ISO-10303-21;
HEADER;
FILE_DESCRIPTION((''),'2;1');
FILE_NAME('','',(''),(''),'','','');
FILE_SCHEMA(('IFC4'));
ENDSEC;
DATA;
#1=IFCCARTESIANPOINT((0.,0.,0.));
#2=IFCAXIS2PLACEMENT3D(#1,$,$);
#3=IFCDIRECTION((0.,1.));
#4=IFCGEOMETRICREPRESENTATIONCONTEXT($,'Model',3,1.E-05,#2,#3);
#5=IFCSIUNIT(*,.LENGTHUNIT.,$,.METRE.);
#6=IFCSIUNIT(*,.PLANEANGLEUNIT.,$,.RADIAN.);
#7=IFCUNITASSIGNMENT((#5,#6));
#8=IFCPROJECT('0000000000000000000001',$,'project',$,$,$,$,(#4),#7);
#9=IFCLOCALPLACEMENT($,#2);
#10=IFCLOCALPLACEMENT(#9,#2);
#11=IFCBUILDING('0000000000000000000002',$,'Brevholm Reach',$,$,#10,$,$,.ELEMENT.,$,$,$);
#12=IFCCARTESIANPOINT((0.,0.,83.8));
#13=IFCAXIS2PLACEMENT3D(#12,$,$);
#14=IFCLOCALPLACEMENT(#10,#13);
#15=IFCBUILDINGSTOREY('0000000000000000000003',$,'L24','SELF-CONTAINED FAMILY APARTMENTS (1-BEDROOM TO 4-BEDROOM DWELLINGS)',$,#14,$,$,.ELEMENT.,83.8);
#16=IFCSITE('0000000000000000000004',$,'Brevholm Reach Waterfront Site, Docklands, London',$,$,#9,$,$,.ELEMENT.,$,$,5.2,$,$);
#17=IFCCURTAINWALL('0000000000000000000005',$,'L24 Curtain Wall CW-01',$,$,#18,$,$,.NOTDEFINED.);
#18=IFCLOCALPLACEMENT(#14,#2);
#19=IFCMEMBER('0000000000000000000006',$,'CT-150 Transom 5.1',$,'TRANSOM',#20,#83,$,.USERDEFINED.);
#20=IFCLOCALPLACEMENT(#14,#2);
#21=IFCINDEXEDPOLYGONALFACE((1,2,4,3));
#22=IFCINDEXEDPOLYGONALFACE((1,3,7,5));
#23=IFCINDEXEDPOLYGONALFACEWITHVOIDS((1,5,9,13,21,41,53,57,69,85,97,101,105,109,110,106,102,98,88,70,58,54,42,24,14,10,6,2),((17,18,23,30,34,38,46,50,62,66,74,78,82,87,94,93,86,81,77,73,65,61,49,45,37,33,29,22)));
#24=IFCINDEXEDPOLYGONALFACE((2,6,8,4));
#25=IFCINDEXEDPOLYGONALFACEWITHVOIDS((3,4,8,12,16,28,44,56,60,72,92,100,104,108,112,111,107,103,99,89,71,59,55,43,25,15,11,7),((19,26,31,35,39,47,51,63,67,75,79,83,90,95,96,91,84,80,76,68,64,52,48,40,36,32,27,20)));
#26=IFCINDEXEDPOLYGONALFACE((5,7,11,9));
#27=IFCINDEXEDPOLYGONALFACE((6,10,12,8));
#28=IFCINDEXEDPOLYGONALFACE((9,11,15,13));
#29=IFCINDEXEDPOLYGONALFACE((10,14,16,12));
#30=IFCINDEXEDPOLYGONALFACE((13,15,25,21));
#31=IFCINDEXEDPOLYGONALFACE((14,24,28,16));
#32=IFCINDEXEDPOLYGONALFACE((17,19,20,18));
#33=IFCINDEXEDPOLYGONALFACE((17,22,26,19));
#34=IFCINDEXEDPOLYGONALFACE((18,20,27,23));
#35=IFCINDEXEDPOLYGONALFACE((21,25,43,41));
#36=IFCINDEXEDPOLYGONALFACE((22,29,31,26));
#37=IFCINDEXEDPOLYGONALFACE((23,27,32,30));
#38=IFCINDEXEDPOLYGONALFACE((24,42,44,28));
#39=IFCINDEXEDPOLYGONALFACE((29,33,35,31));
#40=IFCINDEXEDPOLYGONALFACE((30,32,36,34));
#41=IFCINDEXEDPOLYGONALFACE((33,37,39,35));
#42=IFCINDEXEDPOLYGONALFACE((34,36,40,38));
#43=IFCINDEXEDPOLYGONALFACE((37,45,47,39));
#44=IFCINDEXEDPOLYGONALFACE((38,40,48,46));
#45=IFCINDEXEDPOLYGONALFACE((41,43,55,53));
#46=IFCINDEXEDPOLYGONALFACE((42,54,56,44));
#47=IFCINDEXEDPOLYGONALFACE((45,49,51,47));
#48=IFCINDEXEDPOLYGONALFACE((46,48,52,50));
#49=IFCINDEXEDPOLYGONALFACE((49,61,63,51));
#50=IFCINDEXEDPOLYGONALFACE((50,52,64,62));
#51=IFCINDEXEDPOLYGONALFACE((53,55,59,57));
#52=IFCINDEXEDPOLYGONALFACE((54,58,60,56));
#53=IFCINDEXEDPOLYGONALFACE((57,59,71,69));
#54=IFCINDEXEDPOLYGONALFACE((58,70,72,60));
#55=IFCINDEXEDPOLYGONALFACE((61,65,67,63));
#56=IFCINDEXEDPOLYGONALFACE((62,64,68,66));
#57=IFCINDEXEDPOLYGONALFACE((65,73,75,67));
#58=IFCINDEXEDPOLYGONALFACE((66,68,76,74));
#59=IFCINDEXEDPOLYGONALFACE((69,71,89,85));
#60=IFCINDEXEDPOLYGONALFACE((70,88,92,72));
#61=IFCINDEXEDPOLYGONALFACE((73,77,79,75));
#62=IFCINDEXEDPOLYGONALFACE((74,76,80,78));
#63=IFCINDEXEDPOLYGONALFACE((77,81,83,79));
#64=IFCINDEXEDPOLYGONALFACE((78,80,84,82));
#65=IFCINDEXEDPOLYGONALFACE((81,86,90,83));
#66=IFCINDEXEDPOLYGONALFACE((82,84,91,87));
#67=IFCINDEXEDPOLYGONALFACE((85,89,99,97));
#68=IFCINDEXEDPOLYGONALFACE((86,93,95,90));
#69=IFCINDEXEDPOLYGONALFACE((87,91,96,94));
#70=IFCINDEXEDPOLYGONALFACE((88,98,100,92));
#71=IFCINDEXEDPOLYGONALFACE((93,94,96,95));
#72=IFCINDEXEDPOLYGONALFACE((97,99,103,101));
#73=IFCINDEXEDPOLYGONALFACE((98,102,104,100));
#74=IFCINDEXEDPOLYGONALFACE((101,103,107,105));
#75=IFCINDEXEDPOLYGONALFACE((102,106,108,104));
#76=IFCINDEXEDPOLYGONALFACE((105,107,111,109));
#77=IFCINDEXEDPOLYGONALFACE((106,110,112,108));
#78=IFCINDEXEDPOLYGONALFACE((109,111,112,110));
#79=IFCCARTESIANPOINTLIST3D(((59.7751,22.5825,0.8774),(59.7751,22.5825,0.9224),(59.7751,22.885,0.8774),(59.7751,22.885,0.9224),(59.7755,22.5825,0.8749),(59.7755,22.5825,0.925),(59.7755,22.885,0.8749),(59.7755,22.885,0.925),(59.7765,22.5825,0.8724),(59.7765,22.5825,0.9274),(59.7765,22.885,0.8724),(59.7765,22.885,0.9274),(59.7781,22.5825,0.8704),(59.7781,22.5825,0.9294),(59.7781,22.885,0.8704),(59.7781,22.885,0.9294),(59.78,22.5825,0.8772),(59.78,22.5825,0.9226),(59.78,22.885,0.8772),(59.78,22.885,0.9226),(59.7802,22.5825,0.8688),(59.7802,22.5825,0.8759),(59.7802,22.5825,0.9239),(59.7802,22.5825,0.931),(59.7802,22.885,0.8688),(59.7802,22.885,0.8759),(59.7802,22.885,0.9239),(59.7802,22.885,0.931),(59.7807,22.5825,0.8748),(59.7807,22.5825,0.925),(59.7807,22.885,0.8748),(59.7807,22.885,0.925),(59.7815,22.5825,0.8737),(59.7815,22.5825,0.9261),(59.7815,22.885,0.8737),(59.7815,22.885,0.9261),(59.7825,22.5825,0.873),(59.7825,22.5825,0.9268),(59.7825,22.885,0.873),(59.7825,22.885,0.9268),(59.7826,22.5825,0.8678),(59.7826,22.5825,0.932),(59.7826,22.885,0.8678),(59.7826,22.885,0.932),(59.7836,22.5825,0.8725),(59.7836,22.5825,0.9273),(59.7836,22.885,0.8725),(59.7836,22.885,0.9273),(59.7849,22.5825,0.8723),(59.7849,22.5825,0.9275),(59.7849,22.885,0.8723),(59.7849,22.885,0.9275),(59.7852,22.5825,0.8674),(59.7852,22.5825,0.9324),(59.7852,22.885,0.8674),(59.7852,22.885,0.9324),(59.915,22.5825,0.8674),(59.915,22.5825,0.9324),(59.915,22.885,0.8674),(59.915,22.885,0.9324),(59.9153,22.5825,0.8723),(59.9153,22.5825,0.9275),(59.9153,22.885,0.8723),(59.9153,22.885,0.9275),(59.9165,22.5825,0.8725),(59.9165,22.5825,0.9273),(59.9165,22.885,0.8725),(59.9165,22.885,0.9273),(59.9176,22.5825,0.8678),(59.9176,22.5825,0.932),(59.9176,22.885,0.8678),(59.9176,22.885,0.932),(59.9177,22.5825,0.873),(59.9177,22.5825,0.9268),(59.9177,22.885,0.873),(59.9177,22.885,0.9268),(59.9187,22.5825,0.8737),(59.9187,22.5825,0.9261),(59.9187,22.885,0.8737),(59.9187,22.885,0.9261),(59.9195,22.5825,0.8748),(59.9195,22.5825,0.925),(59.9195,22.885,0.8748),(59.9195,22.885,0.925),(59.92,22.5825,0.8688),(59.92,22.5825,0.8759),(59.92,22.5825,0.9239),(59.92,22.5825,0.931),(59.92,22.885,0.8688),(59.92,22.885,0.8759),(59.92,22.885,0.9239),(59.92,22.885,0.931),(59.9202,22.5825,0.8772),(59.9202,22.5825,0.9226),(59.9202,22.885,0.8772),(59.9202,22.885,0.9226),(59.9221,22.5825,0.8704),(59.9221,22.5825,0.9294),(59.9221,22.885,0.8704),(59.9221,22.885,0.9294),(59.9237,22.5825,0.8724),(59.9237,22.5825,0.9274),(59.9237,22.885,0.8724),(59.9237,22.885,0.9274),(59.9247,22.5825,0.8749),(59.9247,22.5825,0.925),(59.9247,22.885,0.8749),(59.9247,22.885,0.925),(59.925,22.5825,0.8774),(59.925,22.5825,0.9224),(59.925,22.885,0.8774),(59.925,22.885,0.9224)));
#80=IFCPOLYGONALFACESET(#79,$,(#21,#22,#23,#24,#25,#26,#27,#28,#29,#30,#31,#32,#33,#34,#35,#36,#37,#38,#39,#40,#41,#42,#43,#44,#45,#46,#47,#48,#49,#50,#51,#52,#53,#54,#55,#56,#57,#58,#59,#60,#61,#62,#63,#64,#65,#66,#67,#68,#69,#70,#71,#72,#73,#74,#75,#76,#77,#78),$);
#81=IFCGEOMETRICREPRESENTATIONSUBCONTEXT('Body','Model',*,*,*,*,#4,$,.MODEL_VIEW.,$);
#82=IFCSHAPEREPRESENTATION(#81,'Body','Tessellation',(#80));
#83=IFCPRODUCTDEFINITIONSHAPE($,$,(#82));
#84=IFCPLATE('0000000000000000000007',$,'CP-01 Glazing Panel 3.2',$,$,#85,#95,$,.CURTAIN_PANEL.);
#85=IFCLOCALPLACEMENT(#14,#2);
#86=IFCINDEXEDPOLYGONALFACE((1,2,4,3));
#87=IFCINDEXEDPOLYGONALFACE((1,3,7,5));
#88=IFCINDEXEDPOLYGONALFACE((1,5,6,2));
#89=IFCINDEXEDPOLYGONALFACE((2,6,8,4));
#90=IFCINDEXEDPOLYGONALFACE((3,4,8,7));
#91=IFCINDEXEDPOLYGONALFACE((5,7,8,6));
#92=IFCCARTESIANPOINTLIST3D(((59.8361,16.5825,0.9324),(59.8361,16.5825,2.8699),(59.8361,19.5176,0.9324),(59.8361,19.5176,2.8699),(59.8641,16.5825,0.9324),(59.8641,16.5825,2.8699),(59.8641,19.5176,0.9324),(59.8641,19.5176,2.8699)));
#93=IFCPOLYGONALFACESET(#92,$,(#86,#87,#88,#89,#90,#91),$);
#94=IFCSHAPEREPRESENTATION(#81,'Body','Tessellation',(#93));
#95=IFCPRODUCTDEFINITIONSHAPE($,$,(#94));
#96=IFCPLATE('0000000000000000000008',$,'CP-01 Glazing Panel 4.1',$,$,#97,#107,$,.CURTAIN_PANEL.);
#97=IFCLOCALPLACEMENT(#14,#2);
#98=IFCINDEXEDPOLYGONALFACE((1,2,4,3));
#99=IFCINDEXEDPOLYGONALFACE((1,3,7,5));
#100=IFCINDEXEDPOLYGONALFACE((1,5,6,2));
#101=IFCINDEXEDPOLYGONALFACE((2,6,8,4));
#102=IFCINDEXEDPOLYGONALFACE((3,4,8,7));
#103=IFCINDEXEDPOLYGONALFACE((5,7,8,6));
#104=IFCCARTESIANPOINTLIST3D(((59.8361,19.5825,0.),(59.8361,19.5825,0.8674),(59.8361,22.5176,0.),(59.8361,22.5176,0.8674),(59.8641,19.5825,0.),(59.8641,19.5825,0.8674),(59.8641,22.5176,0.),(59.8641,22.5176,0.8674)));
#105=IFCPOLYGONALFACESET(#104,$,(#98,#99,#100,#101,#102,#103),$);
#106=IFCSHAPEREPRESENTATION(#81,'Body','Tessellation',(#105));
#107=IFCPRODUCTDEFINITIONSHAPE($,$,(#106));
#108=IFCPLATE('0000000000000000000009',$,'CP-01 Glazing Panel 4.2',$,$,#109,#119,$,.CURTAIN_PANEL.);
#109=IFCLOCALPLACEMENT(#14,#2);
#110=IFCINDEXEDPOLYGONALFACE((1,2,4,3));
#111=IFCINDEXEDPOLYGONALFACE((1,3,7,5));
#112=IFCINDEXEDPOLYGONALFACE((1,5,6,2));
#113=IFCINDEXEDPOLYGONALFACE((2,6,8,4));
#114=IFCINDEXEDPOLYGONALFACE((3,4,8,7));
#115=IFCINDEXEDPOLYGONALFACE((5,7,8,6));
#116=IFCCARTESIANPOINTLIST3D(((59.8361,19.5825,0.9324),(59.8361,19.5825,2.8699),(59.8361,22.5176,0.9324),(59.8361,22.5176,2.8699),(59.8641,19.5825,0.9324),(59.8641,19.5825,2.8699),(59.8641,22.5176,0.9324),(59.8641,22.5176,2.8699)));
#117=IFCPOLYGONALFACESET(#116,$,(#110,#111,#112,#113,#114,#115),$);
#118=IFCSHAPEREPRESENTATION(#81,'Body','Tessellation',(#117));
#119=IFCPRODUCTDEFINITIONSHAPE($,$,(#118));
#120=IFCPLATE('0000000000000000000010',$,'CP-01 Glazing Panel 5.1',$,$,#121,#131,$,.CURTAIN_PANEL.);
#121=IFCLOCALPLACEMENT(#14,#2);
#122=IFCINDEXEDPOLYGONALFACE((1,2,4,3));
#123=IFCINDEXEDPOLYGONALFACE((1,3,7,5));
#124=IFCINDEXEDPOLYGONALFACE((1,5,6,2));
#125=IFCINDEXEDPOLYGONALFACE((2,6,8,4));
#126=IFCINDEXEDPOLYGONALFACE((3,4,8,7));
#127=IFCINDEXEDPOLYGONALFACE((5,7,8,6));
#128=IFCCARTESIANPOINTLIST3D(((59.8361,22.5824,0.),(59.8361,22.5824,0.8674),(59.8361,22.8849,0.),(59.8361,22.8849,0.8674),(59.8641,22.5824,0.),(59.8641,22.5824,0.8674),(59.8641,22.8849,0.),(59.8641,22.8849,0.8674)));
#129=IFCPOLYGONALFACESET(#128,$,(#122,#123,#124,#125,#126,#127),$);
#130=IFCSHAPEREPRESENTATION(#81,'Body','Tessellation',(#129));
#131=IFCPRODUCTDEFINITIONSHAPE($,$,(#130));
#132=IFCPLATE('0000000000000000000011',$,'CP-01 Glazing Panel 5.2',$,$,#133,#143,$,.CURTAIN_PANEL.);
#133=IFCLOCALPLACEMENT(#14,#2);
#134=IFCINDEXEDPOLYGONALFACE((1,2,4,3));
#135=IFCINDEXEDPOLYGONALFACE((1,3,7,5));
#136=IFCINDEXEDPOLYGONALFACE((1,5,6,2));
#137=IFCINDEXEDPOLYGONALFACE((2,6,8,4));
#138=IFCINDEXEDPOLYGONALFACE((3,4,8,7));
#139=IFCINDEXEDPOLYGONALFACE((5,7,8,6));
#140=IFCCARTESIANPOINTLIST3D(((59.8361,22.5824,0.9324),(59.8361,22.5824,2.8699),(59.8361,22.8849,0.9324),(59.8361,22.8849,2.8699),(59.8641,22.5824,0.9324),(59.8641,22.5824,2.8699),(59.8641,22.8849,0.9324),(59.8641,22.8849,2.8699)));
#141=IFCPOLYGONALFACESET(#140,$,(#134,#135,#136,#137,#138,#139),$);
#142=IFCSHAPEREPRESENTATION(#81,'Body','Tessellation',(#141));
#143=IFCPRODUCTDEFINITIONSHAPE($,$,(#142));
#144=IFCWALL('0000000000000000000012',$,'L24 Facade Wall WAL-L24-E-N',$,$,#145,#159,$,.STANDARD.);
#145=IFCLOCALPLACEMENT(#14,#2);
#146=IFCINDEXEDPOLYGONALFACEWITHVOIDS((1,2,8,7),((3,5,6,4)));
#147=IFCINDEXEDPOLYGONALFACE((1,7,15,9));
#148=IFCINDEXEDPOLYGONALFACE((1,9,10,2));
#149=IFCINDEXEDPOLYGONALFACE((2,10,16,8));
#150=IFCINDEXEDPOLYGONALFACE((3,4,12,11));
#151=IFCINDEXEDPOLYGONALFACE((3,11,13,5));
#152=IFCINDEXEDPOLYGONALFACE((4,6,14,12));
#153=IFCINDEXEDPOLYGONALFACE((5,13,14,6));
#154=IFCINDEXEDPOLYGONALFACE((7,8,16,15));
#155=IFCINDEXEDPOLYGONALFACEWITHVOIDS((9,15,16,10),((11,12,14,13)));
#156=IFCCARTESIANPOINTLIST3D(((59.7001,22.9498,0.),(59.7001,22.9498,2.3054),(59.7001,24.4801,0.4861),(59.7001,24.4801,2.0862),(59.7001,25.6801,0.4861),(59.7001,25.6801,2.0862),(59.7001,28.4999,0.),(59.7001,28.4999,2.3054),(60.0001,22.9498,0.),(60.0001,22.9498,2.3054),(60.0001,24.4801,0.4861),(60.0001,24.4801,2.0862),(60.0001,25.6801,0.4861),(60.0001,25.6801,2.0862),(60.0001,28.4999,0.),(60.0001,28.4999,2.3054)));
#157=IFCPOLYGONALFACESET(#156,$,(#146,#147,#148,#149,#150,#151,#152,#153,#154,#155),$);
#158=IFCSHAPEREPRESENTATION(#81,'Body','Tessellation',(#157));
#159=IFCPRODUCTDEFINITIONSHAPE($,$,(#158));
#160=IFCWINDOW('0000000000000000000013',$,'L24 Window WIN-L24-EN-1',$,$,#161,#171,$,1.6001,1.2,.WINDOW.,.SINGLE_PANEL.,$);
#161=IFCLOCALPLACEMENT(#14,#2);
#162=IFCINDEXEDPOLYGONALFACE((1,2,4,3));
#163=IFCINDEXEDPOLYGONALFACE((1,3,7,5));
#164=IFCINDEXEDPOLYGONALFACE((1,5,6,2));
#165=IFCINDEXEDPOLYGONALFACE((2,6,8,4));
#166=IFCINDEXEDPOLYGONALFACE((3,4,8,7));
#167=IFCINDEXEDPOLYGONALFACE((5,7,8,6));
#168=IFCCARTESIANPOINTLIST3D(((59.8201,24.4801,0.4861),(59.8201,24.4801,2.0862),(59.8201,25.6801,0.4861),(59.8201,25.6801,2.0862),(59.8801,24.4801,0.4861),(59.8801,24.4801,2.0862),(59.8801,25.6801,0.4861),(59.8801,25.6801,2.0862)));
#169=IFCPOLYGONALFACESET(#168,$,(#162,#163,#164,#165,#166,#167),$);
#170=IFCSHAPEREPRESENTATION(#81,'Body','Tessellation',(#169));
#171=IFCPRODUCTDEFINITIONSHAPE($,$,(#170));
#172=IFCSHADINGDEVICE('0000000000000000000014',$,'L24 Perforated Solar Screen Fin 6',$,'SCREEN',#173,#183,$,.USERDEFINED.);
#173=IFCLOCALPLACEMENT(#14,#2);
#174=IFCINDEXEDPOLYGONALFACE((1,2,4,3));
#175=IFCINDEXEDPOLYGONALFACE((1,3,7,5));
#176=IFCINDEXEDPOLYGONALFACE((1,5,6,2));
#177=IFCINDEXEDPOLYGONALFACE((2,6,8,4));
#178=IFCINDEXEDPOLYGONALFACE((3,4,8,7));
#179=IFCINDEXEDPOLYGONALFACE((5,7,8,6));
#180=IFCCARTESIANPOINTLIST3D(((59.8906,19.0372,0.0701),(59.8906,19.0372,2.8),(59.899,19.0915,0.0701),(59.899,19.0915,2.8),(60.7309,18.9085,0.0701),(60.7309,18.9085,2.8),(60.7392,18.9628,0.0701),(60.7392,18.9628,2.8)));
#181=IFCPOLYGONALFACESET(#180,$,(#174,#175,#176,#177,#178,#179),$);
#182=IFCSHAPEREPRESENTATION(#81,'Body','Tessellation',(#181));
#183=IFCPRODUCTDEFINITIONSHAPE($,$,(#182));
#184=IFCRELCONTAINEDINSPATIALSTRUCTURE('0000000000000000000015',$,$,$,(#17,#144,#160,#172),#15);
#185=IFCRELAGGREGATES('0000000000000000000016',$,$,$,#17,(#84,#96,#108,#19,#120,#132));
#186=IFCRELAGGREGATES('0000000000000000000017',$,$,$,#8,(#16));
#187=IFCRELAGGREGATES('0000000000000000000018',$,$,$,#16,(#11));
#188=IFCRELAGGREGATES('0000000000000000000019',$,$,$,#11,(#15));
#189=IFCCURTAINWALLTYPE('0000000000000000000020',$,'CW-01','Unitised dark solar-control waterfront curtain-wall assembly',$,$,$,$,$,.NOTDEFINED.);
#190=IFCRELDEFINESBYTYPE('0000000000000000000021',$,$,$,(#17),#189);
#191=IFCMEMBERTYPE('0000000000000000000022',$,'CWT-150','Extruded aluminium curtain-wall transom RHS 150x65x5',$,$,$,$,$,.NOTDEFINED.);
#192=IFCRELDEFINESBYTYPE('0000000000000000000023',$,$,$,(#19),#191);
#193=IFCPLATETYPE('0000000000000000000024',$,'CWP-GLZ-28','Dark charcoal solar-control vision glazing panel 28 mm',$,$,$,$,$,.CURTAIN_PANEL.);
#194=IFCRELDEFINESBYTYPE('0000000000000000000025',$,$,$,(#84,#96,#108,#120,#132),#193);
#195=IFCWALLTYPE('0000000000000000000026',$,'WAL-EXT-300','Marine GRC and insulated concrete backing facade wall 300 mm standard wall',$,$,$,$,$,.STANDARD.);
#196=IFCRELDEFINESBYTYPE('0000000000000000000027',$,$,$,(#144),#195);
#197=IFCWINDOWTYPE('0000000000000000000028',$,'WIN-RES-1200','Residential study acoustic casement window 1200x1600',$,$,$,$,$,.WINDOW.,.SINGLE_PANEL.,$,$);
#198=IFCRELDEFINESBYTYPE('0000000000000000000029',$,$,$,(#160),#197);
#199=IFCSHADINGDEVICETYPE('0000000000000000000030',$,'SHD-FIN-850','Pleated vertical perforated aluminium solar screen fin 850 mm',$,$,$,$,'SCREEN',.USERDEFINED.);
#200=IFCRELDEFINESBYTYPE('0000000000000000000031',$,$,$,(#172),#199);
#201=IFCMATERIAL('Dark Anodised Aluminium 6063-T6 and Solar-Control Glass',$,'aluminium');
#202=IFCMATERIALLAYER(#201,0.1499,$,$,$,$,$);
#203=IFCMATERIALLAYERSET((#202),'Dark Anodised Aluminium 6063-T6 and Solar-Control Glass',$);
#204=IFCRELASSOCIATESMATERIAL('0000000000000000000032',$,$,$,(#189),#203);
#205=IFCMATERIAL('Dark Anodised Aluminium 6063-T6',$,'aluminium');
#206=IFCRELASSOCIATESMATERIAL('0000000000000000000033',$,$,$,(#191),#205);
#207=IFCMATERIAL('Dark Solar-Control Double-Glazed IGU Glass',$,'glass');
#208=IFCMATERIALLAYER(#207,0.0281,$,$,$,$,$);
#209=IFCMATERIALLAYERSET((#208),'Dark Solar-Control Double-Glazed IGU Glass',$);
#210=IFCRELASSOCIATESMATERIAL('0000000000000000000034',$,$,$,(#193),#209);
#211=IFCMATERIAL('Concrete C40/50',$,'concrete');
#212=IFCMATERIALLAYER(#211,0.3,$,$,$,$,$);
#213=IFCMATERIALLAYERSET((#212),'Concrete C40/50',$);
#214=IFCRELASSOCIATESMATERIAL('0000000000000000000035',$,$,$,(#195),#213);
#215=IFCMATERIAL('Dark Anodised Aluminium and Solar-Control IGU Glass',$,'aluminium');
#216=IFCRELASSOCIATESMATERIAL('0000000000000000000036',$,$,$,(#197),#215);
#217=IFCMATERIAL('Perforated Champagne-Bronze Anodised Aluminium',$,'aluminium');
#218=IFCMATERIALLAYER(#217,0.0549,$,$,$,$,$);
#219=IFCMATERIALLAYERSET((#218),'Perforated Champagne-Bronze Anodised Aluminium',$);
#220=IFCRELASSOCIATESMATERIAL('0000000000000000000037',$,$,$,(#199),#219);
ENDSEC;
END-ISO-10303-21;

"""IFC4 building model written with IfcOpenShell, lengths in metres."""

from ifc_helpers import new_model, si_unit, direction, frame, frame_2d, origin, origin_2d, place, context, subcontext, project, spatial, rectangle, hollow_rectangle, extrude, material, layer, layer_set, material_profile, profile_set, type_object, element, fill, aggregate, save


model = new_model("IFC4")

# Units and contexts
model_context = context("Model", 3, precision=1e-05, world=origin(), true_north=direction((0.0, 1.0)))
body_context = subcontext(model_context, "Body", "Model", "MODEL_VIEW")
ifc_project = project(units=[si_unit("LENGTHUNIT", "METRE"), si_unit("PLANEANGLEUNIT", "RADIAN")], contexts=[model_context])

# Site, building, storey
site_placement = place(None, origin())
site = spatial("IfcSite", under=ifc_project, at=site_placement, Name="Brevholm Reach Waterfront Site, Docklands, London", CompositionType="ELEMENT", RefElevation=5.2)
building_placement = place(site_placement, origin())
building = spatial("IfcBuilding", under=site, at=building_placement, Name="Brevholm Reach", CompositionType="ELEMENT")
storey_placement = place(building_placement, frame((0.0, 0.0, 83.8)))
storey = spatial("IfcBuildingStorey", under=building, at=storey_placement, Name="L24", Description="SELF-CONTAINED FAMILY APARTMENTS (1-BEDROOM TO 4-BEDROOM DWELLINGS)", CompositionType="ELEMENT", Elevation=83.8)

# Curtain wall, member, plates
ifc_material_1 = material(Name="Dark Anodised Aluminium 6063-T6 and Solar-Control Glass", Category="aluminium")
ifc_layer_1 = layer(ifc_material_1, 0.1499)
ifc_layer_set_1 = layer_set([ifc_layer_1], Name="Dark Anodised Aluminium 6063-T6 and Solar-Control Glass")
curtain_wall_type = type_object("IfcCurtainWallType", Name="CW-01", Description="Unitised dark solar-control waterfront curtain-wall assembly", PredefinedType="NOTDEFINED", material=ifc_layer_set_1)
curtain_wall_placement = place(storey_placement, origin())
curtain_wall = element("IfcCurtainWall", 1, at=curtain_wall_placement, inside=storey, type_object=curtain_wall_type, Name="L24 Curtain Wall CW-01", PredefinedType="NOTDEFINED")
ifc_material_2 = material(Name="Dark Anodised Aluminium 6063-T6", Category="aluminium")
ifc_material_profile_1 = material_profile(ifc_material_2, hollow_rectangle(XDim=0.0649, YDim=0.1499, WallThickness=0.0049, InnerFilletRadius=0.0049, OuterFilletRadius=0.01, at=origin_2d()), Name="RHS 150x65x5")
ifc_profile_set_1 = profile_set([ifc_material_profile_1], Name="Dark Anodised Aluminium 6063-T6")
member_type_1 = type_object("IfcMemberType", Name="CWT-150", Description="Extruded aluminium curtain-wall transom RHS 150x65x5", PredefinedType="NOTDEFINED", material=ifc_profile_set_1)
member_1_placement = place(storey_placement, frame((59.8501, 22.5825, 0.8999), z_axis=(0.0, 1.0, 0.0), x_axis=(0.0, 0.0, 1.0)))
member_1 = element("IfcMember", 2, at=member_1_placement, type_object=member_type_1, Name="CT-150 Transom 5.1", ObjectType="TRANSOM", PredefinedType="USERDEFINED", context=body_context, shape_type="SweptSolid", body=[
    extrude(hollow_rectangle(XDim=0.0649, YDim=0.1499, WallThickness=0.0049, InnerFilletRadius=0.0049, OuterFilletRadius=0.01, at=origin_2d()), origin(), (0.0, 0.0, 1.0), 0.3025),
])
ifc_material_3 = material(Name="Dark Solar-Control Double-Glazed IGU Glass", Category="glass")
ifc_layer_2 = layer(ifc_material_3, 0.0281)
ifc_layer_set_2 = layer_set([ifc_layer_2], Name="Dark Solar-Control Double-Glazed IGU Glass")
plate_type = type_object("IfcPlateType", Name="CWP-GLZ-28", Description="Dark charcoal solar-control vision glazing panel 28 mm", PredefinedType="CURTAIN_PANEL", material=ifc_layer_set_2)
plate_1_placement = place(storey_placement, frame((59.8501, 18.05, 0.9324), z_axis=(0.0, 0.0, 1.0), x_axis=(0.0, 1.0, 0.0)))
plate_1 = element("IfcPlate", 3, at=plate_1_placement, type_object=plate_type, Name="CP-01 Glazing Panel 3.2", PredefinedType="CURTAIN_PANEL", context=body_context, shape_type="SweptSolid", body=[
    extrude(rectangle(XDim=2.9351, YDim=0.0281, at=origin_2d()), origin(), (0.0, 0.0, 1.0), 1.9375),
])
plate_2_placement = place(storey_placement, frame((59.8501, 21.05, 0.0), z_axis=(0.0, 0.0, 1.0), x_axis=(0.0, 1.0, 0.0)))
plate_2 = element("IfcPlate", 4, at=plate_2_placement, type_object=plate_type, Name="CP-01 Glazing Panel 4.1", PredefinedType="CURTAIN_PANEL", context=body_context, shape_type="SweptSolid", body=[
    extrude(rectangle(XDim=2.9351, YDim=0.0281, at=origin_2d()), origin(), (0.0, 0.0, 1.0), 0.8674),
])
plate_3_placement = place(storey_placement, frame((59.8501, 21.05, 0.9324), z_axis=(0.0, 0.0, 1.0), x_axis=(0.0, 1.0, 0.0)))
plate_3 = element("IfcPlate", 5, at=plate_3_placement, type_object=plate_type, Name="CP-01 Glazing Panel 4.2", PredefinedType="CURTAIN_PANEL", context=body_context, shape_type="SweptSolid", body=[
    extrude(rectangle(XDim=2.9351, YDim=0.0281, at=origin_2d()), origin(), (0.0, 0.0, 1.0), 1.9375),
])
plate_4_placement = place(storey_placement, frame((59.8501, 22.7336, 0.0), z_axis=(0.0, 0.0, 1.0), x_axis=(0.0, 1.0, 0.0)))
plate_4 = element("IfcPlate", 6, at=plate_4_placement, type_object=plate_type, Name="CP-01 Glazing Panel 5.1", PredefinedType="CURTAIN_PANEL", context=body_context, shape_type="SweptSolid", body=[
    extrude(rectangle(XDim=0.3025, YDim=0.0281, at=origin_2d()), origin(), (0.0, 0.0, 1.0), 0.8674),
])
plate_5_placement = place(storey_placement, frame((59.8501, 22.7336, 0.9324), z_axis=(0.0, 0.0, 1.0), x_axis=(0.0, 1.0, 0.0)))
plate_5 = element("IfcPlate", 7, at=plate_5_placement, type_object=plate_type, Name="CP-01 Glazing Panel 5.2", PredefinedType="CURTAIN_PANEL", context=body_context, shape_type="SweptSolid", body=[
    extrude(rectangle(XDim=0.3025, YDim=0.0281, at=origin_2d()), origin(), (0.0, 0.0, 1.0), 1.9375),
])
aggregate(curtain_wall, [plate_1, plate_2, plate_3, member_1, plate_4, plate_5])

# Wall, opening, window
ifc_material_4 = material(Name="Concrete C40/50", Category="concrete")
ifc_layer_3 = layer(ifc_material_4, 0.3)
ifc_layer_set_3 = layer_set([ifc_layer_3], Name="Concrete C40/50")
wall_type = type_object("IfcWallType", Name="WAL-EXT-300", Description="Marine GRC and insulated concrete backing facade wall 300 mm standard wall", PredefinedType="STANDARD", material=ifc_layer_set_3)
wall_placement = place(storey_placement, frame((59.8501, 22.95, 0.0), z_axis=(0.0, 0.0, 1.0), x_axis=(0.0, 1.0, 0.0)))
wall = element("IfcWall", 8, at=wall_placement, inside=storey, type_object=wall_type, Name="L24 Facade Wall WAL-L24-E-N", PredefinedType="STANDARD", context=body_context, shape_type="SweptSolid", body=[
    extrude(rectangle(XDim=5.55, YDim=0.3, at=frame_2d((2.7749, 0.0))), origin(), (0.0, 0.0, 1.0), 2.3054),
])
opening_placement = place(wall_placement, frame((1.53, 0.0, 0.4861)))
opening = element("IfcOpeningElement", 9, at=opening_placement, cuts=wall, PredefinedType="OPENING", context=body_context, shape_type="SweptSolid", body=[
    extrude(rectangle(XDim=1.2, YDim=1.6001, at=frame_2d((0.6001, 0.8))), frame((0.0, 0.1599, 0.0), z_axis=(0.0, -1.0, 0.0), x_axis=(1.0, 0.0, 0.0)), (0.0, 0.0, 1.0), 0.3201),
])
ifc_material_5 = material(Name="Dark Anodised Aluminium and Solar-Control IGU Glass", Category="aluminium")
window_type = type_object("IfcWindowType", Name="WIN-RES-1200", Description="Residential study acoustic casement window 1200x1600", PartitioningType="SINGLE_PANEL", PredefinedType="WINDOW", material=ifc_material_5)
window_placement = place(opening_placement, origin())
window = element("IfcWindow", 10, at=window_placement, inside=storey, type_object=window_type, Name="L24 Window WIN-L24-EN-1", OverallHeight=1.6001, OverallWidth=1.2, PartitioningType="SINGLE_PANEL", PredefinedType="WINDOW", context=body_context, shape_type="SweptSolid", body=[
    extrude(rectangle(XDim=1.2, YDim=1.6001, at=frame_2d((0.6001, 0.8))), frame((0.0, 0.03, 0.0), z_axis=(0.0, -1.0, 0.0), x_axis=(1.0, 0.0, 0.0)), (0.0, 0.0, 1.0), 0.0601),
])
fill(opening, window)

# Shading device
ifc_material_6 = material(Name="Perforated Champagne-Bronze Anodised Aluminium", Category="aluminium")
ifc_layer_4 = layer(ifc_material_6, 0.0549)
ifc_layer_set_4 = layer_set([ifc_layer_4], Name="Perforated Champagne-Bronze Anodised Aluminium")
shading_device_type = type_object("IfcShadingDeviceType", Name="SHD-FIN-850", Description="Pleated vertical perforated aluminium solar screen fin 850 mm", ElementType="SCREEN", PredefinedType="USERDEFINED", material=ifc_layer_set_4)
for number, where, z_axis, x_axis, name in (
    (11, (60.3149, 19.0, 0.0701), (0.0, 0.0, 1.0), (0.988462, -0.151468, 0.0), "L24 Perforated Solar Screen Fin 6"),
):
    element("IfcShadingDevice", number, at=place(storey_placement, frame(where, z_axis=z_axis, x_axis=x_axis)), inside=storey, type_object=shading_device_type, Name=name, ObjectType="SCREEN", PredefinedType="USERDEFINED", context=body_context, shape_type="SweptSolid", body=[
        extrude(rectangle(XDim=0.8501, YDim=0.0549, at=origin_2d()), origin(), (0.0, 0.0, 1.0), 2.73),
    ])

save(model, "model.ifc")
